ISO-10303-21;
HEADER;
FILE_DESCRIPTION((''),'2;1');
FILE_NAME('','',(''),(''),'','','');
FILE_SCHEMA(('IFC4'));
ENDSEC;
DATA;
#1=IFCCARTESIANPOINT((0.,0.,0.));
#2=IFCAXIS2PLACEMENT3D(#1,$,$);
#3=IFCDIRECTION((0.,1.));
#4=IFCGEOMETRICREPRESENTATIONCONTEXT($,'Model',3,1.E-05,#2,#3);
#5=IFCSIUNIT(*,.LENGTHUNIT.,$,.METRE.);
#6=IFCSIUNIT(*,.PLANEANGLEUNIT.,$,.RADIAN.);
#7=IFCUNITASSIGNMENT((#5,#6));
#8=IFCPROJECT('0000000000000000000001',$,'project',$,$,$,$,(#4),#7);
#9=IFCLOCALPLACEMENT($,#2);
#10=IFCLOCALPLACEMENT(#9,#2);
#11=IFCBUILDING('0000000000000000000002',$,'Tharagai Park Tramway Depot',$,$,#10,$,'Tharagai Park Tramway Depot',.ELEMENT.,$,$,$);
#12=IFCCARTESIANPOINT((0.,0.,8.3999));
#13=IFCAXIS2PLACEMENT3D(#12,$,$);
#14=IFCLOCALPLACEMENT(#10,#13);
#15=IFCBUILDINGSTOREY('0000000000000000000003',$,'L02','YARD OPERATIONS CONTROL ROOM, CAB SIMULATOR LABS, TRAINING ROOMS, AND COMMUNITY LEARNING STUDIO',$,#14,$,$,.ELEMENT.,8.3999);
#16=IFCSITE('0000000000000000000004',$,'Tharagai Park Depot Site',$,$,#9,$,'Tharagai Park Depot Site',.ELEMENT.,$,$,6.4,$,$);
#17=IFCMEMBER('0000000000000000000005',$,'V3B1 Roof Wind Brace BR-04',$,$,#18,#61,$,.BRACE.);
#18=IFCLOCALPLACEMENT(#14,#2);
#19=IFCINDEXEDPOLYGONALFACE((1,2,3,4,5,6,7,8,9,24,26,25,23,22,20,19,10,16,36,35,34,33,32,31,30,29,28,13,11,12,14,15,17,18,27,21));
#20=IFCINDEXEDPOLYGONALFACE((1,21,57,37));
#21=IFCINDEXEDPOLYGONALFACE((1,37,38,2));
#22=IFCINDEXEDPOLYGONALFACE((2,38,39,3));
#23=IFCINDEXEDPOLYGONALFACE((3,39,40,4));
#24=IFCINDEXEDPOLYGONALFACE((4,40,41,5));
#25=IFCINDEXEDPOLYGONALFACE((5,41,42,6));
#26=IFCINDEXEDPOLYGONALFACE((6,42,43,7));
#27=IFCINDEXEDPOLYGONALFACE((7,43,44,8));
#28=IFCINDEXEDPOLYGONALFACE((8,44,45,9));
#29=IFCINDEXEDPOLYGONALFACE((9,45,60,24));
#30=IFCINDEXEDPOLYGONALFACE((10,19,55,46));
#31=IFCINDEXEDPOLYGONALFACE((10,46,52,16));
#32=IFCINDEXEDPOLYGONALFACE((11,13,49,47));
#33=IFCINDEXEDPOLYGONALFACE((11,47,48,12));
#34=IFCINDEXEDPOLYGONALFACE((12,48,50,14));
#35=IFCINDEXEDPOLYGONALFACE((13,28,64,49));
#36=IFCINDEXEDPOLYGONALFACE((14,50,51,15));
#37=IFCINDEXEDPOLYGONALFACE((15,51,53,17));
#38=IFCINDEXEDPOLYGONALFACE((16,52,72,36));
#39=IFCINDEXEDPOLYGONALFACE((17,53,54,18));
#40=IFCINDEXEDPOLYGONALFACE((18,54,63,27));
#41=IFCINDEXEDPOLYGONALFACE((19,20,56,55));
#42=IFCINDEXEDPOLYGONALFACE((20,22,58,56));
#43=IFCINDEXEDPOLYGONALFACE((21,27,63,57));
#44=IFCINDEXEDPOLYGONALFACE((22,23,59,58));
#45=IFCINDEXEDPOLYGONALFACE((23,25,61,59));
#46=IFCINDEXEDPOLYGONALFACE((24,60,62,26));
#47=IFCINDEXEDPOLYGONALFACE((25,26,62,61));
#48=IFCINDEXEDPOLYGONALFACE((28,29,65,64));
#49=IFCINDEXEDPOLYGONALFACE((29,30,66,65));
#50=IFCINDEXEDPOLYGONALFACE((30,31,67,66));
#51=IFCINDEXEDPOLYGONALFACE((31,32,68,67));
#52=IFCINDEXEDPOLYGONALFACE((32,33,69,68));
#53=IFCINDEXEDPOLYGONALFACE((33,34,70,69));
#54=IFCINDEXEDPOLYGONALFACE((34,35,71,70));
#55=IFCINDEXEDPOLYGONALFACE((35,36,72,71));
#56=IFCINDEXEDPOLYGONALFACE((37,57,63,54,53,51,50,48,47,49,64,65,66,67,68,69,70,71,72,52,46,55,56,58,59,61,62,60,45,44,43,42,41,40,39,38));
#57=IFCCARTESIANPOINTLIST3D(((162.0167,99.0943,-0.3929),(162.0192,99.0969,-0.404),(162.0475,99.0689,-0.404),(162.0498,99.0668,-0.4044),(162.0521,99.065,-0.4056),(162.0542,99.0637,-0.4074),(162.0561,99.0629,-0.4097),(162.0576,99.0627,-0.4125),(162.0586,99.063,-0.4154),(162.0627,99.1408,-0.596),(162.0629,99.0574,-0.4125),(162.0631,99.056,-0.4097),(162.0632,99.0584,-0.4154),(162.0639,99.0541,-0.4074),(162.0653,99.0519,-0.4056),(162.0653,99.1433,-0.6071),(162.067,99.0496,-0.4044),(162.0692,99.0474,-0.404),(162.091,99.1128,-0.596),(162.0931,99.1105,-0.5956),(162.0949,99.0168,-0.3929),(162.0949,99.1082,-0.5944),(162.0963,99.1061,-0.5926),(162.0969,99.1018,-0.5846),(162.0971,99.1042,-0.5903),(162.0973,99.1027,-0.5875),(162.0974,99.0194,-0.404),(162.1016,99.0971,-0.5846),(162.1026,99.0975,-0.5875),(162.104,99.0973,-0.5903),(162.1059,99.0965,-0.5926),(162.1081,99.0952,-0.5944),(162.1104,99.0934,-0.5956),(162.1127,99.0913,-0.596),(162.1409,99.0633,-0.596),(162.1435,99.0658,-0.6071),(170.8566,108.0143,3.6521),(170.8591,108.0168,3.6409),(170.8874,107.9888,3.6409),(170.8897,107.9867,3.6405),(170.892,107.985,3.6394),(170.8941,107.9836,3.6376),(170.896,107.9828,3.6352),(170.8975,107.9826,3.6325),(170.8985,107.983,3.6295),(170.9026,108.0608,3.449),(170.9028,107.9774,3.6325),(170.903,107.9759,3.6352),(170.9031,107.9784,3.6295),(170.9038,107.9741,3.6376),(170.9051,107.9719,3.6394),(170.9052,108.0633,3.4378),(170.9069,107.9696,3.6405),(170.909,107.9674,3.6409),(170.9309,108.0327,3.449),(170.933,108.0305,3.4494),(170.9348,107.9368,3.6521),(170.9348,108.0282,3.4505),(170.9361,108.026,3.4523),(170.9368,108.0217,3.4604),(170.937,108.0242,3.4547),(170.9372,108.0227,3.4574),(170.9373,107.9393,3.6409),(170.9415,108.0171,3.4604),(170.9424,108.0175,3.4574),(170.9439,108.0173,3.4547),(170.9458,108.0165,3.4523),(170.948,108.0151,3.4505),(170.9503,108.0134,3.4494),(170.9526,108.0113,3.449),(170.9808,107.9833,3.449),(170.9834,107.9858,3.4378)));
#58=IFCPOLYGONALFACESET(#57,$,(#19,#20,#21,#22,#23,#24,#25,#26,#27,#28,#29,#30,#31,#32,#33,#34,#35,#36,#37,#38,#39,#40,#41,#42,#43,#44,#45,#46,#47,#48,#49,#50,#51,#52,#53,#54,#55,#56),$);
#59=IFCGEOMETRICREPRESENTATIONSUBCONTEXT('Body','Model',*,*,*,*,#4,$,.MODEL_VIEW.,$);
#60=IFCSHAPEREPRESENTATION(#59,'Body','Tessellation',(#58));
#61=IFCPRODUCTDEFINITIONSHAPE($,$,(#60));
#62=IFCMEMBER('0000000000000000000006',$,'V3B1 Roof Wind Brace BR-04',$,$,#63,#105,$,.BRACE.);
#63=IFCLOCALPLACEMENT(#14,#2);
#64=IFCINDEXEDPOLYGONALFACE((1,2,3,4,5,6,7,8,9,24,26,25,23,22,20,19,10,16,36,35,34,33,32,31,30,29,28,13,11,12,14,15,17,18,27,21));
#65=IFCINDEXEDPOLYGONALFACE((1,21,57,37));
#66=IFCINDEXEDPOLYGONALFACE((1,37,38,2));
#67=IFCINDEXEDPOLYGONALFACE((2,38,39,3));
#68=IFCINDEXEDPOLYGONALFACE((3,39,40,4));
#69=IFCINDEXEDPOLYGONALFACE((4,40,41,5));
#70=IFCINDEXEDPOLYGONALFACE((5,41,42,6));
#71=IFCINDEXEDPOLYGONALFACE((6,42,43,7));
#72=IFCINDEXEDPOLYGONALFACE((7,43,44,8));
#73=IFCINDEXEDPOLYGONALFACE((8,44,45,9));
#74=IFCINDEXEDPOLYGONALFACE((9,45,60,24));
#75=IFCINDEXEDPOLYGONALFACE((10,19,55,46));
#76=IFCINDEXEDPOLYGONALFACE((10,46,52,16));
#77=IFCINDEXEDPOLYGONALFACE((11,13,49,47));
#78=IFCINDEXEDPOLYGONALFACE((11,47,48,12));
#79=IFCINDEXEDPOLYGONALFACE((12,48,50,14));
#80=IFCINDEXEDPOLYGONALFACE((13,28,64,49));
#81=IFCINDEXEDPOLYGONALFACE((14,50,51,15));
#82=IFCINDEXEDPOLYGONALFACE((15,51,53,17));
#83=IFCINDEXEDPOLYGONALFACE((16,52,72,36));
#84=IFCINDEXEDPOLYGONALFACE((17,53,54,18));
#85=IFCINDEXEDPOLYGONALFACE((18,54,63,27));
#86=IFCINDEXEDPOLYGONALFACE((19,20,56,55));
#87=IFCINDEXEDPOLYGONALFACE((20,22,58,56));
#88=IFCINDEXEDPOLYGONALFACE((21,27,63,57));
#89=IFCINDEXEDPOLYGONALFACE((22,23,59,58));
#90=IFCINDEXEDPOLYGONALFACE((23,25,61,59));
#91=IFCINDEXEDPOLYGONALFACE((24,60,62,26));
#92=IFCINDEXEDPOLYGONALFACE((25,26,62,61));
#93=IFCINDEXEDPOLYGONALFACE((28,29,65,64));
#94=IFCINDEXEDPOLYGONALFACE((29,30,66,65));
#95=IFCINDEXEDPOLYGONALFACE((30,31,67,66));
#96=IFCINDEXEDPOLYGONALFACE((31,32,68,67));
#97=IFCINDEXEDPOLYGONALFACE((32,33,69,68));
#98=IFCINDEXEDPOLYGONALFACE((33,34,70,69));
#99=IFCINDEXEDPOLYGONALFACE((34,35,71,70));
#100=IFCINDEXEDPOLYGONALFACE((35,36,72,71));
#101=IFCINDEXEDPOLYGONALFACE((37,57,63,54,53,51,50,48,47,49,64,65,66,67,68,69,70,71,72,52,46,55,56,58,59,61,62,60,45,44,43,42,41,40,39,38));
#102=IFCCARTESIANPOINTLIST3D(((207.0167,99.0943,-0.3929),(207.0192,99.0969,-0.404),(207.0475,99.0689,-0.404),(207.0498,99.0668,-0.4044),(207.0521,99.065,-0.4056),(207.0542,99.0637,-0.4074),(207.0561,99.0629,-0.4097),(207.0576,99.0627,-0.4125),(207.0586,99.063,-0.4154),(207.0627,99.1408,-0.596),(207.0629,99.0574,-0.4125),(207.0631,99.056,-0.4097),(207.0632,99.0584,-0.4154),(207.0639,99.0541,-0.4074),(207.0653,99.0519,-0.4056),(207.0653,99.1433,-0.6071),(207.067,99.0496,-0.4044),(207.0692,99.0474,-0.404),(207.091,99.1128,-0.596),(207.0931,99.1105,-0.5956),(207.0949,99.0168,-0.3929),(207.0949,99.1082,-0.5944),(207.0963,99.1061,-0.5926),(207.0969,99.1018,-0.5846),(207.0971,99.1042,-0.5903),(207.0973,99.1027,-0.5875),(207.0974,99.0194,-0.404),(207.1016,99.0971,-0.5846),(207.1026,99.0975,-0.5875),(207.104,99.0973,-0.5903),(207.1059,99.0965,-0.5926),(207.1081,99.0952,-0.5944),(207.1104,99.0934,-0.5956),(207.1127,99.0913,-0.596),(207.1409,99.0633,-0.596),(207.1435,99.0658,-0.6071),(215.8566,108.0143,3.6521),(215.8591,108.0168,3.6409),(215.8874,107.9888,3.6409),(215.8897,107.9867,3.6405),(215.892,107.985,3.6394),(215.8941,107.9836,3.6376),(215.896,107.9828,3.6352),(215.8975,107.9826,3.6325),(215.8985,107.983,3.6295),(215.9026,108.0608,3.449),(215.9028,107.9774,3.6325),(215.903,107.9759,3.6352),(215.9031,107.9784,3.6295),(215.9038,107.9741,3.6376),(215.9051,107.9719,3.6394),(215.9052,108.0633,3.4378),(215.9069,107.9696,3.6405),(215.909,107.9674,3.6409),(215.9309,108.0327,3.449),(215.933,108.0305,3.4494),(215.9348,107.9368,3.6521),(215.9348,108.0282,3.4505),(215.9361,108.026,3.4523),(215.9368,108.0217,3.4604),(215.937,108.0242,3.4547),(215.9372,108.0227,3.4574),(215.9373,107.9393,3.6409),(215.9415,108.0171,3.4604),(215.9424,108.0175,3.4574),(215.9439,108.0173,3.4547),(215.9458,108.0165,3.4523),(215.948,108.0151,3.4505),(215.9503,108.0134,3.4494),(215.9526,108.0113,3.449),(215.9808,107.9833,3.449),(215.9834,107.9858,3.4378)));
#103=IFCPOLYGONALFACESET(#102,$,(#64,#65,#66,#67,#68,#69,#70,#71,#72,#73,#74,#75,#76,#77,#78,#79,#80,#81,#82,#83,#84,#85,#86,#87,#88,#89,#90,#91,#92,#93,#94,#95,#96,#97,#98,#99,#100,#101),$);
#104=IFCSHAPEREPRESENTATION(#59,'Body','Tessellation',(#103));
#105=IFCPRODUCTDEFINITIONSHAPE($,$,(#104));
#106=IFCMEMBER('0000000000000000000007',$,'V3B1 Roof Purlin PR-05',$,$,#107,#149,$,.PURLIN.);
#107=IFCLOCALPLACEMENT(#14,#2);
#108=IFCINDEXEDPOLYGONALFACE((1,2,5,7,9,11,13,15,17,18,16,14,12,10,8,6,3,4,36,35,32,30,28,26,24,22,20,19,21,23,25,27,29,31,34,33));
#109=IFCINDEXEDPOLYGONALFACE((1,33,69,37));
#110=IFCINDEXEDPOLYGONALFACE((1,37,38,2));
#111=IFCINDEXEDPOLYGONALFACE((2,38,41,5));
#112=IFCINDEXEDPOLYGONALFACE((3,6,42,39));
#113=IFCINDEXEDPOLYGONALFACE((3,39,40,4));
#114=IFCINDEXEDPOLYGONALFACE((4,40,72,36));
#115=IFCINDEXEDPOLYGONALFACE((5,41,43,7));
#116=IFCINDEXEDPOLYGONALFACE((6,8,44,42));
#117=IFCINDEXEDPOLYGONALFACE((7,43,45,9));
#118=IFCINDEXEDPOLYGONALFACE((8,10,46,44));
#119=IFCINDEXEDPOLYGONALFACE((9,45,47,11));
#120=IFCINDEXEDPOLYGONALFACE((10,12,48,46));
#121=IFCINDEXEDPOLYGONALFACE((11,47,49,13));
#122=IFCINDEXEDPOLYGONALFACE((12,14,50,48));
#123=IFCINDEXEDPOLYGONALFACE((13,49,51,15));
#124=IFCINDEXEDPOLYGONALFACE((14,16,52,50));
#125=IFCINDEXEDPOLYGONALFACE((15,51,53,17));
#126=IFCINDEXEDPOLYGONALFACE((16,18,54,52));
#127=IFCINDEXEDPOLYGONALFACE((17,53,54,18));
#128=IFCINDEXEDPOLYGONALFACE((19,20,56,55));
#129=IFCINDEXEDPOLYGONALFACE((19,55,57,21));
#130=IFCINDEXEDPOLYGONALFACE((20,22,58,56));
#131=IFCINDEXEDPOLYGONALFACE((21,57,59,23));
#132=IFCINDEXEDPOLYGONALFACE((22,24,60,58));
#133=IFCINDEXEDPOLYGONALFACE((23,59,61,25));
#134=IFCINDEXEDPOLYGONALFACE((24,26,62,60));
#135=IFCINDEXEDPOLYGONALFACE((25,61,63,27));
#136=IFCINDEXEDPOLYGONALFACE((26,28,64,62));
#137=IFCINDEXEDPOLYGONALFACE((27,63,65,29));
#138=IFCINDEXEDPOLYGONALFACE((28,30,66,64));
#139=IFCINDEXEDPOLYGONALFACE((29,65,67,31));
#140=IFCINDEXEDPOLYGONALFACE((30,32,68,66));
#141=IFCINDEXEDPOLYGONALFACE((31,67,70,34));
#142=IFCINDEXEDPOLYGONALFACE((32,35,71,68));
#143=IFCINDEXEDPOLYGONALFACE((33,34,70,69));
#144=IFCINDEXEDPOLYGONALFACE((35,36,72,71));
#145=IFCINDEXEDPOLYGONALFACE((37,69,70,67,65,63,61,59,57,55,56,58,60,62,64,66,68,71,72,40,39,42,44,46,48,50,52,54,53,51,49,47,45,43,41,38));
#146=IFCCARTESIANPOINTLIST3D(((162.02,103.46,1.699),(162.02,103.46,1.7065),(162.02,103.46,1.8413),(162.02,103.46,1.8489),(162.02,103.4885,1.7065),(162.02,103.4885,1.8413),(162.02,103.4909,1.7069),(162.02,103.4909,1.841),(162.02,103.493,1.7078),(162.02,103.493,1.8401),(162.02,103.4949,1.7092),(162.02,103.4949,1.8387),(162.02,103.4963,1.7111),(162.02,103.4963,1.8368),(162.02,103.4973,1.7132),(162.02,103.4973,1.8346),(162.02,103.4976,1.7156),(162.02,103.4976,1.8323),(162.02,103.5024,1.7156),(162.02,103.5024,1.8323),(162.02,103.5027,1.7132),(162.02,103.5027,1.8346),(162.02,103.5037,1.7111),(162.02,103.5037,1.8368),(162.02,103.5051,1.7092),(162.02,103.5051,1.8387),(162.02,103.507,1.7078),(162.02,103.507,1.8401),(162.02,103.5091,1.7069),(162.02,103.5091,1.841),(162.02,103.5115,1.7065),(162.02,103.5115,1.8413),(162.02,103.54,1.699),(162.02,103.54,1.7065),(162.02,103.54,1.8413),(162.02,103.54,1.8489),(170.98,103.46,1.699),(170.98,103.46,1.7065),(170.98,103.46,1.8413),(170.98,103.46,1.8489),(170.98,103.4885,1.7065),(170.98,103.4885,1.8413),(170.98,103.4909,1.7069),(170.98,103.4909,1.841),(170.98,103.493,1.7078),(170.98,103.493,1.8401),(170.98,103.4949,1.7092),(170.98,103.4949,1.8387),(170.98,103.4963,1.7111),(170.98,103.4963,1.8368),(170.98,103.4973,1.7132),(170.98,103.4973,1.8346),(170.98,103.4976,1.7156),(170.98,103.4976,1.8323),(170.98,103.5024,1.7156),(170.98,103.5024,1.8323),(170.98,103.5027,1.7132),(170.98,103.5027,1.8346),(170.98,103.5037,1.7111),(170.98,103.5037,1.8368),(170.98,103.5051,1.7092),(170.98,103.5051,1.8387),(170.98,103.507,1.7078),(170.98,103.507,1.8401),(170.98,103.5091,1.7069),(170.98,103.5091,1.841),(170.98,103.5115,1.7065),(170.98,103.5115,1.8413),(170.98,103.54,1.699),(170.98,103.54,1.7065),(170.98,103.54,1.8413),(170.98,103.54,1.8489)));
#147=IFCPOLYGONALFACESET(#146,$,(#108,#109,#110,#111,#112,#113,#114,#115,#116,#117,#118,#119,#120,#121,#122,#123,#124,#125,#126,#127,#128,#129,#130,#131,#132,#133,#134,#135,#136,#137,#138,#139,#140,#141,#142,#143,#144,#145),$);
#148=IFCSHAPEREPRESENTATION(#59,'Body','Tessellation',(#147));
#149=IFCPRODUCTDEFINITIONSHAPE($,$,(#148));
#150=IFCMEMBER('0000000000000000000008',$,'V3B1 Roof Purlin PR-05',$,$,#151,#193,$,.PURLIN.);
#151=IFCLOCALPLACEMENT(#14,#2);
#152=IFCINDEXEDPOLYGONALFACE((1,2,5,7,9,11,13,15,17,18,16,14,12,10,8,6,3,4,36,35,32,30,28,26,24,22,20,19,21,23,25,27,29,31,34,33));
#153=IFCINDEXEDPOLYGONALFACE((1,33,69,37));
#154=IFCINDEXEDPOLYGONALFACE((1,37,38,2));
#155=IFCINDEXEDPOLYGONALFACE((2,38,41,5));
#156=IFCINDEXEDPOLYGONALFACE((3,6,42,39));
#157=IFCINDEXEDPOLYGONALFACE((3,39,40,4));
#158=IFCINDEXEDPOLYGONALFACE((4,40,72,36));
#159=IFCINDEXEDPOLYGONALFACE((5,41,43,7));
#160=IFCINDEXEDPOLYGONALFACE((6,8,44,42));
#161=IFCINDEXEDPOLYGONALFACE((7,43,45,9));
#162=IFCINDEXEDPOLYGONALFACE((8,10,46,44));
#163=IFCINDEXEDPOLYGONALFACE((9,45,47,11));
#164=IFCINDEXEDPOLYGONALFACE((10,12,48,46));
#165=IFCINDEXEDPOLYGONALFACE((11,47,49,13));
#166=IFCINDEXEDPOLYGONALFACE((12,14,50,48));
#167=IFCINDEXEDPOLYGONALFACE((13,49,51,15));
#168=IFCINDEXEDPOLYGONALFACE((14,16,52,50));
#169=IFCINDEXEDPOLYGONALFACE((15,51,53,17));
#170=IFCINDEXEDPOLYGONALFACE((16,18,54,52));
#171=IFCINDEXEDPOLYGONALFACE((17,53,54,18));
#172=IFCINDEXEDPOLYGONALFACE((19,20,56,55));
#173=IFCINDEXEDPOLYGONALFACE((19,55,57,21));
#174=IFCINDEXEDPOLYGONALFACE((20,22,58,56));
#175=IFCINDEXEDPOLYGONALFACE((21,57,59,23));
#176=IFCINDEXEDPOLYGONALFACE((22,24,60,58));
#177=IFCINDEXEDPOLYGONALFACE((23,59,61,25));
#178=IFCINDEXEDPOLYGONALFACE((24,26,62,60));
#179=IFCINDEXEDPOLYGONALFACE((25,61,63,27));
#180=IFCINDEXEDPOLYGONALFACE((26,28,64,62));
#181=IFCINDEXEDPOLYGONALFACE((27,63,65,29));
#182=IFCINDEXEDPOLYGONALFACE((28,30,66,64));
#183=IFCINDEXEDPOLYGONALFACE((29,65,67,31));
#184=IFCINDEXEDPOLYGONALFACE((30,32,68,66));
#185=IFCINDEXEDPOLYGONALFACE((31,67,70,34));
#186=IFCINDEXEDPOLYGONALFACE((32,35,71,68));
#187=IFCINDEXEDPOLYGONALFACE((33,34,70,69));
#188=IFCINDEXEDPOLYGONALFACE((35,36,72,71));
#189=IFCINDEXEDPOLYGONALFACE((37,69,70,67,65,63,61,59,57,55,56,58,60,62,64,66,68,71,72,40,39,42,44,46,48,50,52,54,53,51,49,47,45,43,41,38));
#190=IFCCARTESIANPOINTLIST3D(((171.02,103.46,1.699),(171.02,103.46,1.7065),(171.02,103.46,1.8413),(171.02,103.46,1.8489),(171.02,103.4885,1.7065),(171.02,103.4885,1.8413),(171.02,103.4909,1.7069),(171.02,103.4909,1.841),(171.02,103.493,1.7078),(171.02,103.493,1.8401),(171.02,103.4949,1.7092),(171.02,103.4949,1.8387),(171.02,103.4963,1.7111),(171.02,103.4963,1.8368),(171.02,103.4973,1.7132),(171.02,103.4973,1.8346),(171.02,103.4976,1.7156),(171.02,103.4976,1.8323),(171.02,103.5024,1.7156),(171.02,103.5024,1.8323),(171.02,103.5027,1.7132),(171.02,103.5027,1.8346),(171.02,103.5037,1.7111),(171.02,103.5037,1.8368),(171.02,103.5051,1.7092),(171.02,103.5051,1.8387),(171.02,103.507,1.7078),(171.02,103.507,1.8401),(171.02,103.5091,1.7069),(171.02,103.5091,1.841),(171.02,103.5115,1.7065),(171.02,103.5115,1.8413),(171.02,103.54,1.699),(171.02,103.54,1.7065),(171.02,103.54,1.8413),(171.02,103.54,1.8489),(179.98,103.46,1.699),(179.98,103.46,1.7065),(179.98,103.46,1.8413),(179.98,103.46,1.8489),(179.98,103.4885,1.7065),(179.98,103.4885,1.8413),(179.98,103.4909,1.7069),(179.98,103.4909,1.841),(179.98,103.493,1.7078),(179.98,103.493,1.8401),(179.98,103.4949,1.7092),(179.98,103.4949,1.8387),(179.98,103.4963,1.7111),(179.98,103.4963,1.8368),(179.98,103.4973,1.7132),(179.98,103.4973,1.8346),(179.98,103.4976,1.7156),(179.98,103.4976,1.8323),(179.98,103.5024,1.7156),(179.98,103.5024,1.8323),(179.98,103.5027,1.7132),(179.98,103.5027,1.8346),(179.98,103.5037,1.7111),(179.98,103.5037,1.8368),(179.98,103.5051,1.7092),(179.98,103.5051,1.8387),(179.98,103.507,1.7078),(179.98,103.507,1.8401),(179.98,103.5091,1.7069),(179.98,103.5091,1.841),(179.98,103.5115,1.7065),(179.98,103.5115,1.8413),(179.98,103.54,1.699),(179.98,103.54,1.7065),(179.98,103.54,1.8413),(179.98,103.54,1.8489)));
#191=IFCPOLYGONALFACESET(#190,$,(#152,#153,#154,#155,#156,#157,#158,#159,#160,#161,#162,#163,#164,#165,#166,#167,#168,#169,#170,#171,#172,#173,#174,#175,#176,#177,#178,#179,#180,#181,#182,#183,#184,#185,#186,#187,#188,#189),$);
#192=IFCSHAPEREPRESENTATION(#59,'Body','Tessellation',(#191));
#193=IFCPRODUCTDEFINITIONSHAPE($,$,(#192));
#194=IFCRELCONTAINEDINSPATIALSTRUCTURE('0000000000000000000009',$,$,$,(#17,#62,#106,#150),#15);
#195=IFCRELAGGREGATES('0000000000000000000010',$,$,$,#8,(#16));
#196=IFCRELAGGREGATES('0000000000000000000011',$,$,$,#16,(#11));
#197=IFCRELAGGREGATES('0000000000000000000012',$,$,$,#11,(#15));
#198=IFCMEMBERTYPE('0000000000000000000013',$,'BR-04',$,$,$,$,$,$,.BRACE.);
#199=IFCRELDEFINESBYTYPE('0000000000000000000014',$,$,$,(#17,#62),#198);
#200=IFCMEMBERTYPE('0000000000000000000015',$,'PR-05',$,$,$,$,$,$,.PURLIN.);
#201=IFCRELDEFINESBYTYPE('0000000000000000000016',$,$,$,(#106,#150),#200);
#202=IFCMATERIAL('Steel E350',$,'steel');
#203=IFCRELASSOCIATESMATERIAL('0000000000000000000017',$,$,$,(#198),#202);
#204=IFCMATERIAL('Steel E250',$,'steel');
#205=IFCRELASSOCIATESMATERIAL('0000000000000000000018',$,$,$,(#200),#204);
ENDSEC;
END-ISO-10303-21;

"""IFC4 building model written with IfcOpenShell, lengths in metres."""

from ifc_helpers import new_model, si_unit, direction, frame, origin, origin_2d, place, context, subcontext, project, spatial, i_section, extrude, material, material_profile, profile_set, type_object, element, save


model = new_model("IFC4")

# Units and contexts
model_context = context("Model", 3, precision=1e-05, world=origin(), true_north=direction((0.0, 1.0)))
body_context = subcontext(model_context, "Body", "Model", "MODEL_VIEW")
ifc_project = project(units=[si_unit("LENGTHUNIT", "METRE"), si_unit("PLANEANGLEUNIT", "RADIAN")], contexts=[model_context])

# Site, building, storey
site_placement = place(None, origin())
site = spatial("IfcSite", under=ifc_project, at=site_placement, Name="Tharagai Park Depot Site", LongName="Tharagai Park Depot Site", CompositionType="ELEMENT", RefElevation=6.4)
building_placement = place(site_placement, origin())
building = spatial("IfcBuilding", under=site, at=building_placement, Name="Tharagai Park Tramway Depot", LongName="Tharagai Park Tramway Depot", CompositionType="ELEMENT")
storey_placement = place(building_placement, frame((0.0, 0.0, 8.3999)))
storey = spatial("IfcBuildingStorey", under=building, at=storey_placement, Name="L02", Description="YARD OPERATIONS CONTROL ROOM, CAB SIMULATOR LABS, TRAINING ROOMS, AND COMMUNITY LEARNING STUDIO", CompositionType="ELEMENT", Elevation=8.3999)

# Shared definitions
ifc_material_1 = material(Name="Steel E350", Category="steel")

# Members
ifc_material_profile_1 = material_profile(ifc_material_1, i_section(OverallWidth=0.1101, OverallDepth=0.2251, WebThickness=0.0066, FlangeThickness=0.0117, FilletRadius=0.012, at=origin_2d()), Name="ISMB 225")
ifc_profile_set_1 = profile_set([ifc_material_profile_1], Name="Steel E350")
member_type_1 = type_object("IfcMemberType", Name="BR-04", PredefinedType="BRACE", material=ifc_profile_set_1)
for number, where, z_axis, x_axis, name in (
    (1, (162.0801, 99.0801, -0.5), (0.670014, 0.676083, 0.306584), (-0.710288, 0.703911, 0.0), "V3B1 Roof Wind Brace BR-04"),
    (2, (207.0801, 99.0801, -0.5), (0.670014, 0.676083, 0.306584), (-0.710288, 0.703911, 0.0), "V3B1 Roof Wind Brace BR-04"),
):
    element("IfcMember", number, at=place(storey_placement, frame(where, z_axis=z_axis, x_axis=x_axis)), inside=storey, type_object=member_type_1, Name=name, PredefinedType="BRACE", context=body_context, shape_type="SweptSolid", body=[
        extrude(i_section(OverallWidth=0.1101, OverallDepth=0.2251, WebThickness=0.0066, FlangeThickness=0.0117, FilletRadius=0.012, at=origin_2d()), origin(), (0.0, 0.0, 1.0), 13.1936),
    ])
ifc_material_2 = material(Name="Steel E250", Category="steel")
ifc_material_profile_2 = material_profile(ifc_material_2, i_section(OverallWidth=0.0801, OverallDepth=0.1499, WebThickness=0.0049, FlangeThickness=0.0076, FilletRadius=0.009, at=origin_2d()), Name="ISMB 150")
ifc_profile_set_2 = profile_set([ifc_material_profile_2], Name="Steel E250")
member_type_2 = type_object("IfcMemberType", Name="PR-05", PredefinedType="PURLIN", material=ifc_profile_set_2)
for number, where, z_axis, x_axis, name in (
    (3, (162.02, 103.5, 1.7739), (1.0, 0.0, 0.0), (0.0, 1.0, 0.0), "V3B1 Roof Purlin PR-05"),
    (4, (171.02, 103.5, 1.7739), (1.0, 0.0, 0.0), (0.0, 1.0, 0.0), "V3B1 Roof Purlin PR-05"),
):
    element("IfcMember", number, at=place(storey_placement, frame(where, z_axis=z_axis, x_axis=x_axis)), inside=storey, type_object=member_type_2, Name=name, PredefinedType="PURLIN", context=body_context, shape_type="SweptSolid", body=[
        extrude(i_section(OverallWidth=0.0801, OverallDepth=0.1499, WebThickness=0.0049, FlangeThickness=0.0076, FilletRadius=0.009, at=origin_2d()), origin(), (0.0, 0.0, 1.0), 8.96),
    ])

save(model, "model.ifc")
